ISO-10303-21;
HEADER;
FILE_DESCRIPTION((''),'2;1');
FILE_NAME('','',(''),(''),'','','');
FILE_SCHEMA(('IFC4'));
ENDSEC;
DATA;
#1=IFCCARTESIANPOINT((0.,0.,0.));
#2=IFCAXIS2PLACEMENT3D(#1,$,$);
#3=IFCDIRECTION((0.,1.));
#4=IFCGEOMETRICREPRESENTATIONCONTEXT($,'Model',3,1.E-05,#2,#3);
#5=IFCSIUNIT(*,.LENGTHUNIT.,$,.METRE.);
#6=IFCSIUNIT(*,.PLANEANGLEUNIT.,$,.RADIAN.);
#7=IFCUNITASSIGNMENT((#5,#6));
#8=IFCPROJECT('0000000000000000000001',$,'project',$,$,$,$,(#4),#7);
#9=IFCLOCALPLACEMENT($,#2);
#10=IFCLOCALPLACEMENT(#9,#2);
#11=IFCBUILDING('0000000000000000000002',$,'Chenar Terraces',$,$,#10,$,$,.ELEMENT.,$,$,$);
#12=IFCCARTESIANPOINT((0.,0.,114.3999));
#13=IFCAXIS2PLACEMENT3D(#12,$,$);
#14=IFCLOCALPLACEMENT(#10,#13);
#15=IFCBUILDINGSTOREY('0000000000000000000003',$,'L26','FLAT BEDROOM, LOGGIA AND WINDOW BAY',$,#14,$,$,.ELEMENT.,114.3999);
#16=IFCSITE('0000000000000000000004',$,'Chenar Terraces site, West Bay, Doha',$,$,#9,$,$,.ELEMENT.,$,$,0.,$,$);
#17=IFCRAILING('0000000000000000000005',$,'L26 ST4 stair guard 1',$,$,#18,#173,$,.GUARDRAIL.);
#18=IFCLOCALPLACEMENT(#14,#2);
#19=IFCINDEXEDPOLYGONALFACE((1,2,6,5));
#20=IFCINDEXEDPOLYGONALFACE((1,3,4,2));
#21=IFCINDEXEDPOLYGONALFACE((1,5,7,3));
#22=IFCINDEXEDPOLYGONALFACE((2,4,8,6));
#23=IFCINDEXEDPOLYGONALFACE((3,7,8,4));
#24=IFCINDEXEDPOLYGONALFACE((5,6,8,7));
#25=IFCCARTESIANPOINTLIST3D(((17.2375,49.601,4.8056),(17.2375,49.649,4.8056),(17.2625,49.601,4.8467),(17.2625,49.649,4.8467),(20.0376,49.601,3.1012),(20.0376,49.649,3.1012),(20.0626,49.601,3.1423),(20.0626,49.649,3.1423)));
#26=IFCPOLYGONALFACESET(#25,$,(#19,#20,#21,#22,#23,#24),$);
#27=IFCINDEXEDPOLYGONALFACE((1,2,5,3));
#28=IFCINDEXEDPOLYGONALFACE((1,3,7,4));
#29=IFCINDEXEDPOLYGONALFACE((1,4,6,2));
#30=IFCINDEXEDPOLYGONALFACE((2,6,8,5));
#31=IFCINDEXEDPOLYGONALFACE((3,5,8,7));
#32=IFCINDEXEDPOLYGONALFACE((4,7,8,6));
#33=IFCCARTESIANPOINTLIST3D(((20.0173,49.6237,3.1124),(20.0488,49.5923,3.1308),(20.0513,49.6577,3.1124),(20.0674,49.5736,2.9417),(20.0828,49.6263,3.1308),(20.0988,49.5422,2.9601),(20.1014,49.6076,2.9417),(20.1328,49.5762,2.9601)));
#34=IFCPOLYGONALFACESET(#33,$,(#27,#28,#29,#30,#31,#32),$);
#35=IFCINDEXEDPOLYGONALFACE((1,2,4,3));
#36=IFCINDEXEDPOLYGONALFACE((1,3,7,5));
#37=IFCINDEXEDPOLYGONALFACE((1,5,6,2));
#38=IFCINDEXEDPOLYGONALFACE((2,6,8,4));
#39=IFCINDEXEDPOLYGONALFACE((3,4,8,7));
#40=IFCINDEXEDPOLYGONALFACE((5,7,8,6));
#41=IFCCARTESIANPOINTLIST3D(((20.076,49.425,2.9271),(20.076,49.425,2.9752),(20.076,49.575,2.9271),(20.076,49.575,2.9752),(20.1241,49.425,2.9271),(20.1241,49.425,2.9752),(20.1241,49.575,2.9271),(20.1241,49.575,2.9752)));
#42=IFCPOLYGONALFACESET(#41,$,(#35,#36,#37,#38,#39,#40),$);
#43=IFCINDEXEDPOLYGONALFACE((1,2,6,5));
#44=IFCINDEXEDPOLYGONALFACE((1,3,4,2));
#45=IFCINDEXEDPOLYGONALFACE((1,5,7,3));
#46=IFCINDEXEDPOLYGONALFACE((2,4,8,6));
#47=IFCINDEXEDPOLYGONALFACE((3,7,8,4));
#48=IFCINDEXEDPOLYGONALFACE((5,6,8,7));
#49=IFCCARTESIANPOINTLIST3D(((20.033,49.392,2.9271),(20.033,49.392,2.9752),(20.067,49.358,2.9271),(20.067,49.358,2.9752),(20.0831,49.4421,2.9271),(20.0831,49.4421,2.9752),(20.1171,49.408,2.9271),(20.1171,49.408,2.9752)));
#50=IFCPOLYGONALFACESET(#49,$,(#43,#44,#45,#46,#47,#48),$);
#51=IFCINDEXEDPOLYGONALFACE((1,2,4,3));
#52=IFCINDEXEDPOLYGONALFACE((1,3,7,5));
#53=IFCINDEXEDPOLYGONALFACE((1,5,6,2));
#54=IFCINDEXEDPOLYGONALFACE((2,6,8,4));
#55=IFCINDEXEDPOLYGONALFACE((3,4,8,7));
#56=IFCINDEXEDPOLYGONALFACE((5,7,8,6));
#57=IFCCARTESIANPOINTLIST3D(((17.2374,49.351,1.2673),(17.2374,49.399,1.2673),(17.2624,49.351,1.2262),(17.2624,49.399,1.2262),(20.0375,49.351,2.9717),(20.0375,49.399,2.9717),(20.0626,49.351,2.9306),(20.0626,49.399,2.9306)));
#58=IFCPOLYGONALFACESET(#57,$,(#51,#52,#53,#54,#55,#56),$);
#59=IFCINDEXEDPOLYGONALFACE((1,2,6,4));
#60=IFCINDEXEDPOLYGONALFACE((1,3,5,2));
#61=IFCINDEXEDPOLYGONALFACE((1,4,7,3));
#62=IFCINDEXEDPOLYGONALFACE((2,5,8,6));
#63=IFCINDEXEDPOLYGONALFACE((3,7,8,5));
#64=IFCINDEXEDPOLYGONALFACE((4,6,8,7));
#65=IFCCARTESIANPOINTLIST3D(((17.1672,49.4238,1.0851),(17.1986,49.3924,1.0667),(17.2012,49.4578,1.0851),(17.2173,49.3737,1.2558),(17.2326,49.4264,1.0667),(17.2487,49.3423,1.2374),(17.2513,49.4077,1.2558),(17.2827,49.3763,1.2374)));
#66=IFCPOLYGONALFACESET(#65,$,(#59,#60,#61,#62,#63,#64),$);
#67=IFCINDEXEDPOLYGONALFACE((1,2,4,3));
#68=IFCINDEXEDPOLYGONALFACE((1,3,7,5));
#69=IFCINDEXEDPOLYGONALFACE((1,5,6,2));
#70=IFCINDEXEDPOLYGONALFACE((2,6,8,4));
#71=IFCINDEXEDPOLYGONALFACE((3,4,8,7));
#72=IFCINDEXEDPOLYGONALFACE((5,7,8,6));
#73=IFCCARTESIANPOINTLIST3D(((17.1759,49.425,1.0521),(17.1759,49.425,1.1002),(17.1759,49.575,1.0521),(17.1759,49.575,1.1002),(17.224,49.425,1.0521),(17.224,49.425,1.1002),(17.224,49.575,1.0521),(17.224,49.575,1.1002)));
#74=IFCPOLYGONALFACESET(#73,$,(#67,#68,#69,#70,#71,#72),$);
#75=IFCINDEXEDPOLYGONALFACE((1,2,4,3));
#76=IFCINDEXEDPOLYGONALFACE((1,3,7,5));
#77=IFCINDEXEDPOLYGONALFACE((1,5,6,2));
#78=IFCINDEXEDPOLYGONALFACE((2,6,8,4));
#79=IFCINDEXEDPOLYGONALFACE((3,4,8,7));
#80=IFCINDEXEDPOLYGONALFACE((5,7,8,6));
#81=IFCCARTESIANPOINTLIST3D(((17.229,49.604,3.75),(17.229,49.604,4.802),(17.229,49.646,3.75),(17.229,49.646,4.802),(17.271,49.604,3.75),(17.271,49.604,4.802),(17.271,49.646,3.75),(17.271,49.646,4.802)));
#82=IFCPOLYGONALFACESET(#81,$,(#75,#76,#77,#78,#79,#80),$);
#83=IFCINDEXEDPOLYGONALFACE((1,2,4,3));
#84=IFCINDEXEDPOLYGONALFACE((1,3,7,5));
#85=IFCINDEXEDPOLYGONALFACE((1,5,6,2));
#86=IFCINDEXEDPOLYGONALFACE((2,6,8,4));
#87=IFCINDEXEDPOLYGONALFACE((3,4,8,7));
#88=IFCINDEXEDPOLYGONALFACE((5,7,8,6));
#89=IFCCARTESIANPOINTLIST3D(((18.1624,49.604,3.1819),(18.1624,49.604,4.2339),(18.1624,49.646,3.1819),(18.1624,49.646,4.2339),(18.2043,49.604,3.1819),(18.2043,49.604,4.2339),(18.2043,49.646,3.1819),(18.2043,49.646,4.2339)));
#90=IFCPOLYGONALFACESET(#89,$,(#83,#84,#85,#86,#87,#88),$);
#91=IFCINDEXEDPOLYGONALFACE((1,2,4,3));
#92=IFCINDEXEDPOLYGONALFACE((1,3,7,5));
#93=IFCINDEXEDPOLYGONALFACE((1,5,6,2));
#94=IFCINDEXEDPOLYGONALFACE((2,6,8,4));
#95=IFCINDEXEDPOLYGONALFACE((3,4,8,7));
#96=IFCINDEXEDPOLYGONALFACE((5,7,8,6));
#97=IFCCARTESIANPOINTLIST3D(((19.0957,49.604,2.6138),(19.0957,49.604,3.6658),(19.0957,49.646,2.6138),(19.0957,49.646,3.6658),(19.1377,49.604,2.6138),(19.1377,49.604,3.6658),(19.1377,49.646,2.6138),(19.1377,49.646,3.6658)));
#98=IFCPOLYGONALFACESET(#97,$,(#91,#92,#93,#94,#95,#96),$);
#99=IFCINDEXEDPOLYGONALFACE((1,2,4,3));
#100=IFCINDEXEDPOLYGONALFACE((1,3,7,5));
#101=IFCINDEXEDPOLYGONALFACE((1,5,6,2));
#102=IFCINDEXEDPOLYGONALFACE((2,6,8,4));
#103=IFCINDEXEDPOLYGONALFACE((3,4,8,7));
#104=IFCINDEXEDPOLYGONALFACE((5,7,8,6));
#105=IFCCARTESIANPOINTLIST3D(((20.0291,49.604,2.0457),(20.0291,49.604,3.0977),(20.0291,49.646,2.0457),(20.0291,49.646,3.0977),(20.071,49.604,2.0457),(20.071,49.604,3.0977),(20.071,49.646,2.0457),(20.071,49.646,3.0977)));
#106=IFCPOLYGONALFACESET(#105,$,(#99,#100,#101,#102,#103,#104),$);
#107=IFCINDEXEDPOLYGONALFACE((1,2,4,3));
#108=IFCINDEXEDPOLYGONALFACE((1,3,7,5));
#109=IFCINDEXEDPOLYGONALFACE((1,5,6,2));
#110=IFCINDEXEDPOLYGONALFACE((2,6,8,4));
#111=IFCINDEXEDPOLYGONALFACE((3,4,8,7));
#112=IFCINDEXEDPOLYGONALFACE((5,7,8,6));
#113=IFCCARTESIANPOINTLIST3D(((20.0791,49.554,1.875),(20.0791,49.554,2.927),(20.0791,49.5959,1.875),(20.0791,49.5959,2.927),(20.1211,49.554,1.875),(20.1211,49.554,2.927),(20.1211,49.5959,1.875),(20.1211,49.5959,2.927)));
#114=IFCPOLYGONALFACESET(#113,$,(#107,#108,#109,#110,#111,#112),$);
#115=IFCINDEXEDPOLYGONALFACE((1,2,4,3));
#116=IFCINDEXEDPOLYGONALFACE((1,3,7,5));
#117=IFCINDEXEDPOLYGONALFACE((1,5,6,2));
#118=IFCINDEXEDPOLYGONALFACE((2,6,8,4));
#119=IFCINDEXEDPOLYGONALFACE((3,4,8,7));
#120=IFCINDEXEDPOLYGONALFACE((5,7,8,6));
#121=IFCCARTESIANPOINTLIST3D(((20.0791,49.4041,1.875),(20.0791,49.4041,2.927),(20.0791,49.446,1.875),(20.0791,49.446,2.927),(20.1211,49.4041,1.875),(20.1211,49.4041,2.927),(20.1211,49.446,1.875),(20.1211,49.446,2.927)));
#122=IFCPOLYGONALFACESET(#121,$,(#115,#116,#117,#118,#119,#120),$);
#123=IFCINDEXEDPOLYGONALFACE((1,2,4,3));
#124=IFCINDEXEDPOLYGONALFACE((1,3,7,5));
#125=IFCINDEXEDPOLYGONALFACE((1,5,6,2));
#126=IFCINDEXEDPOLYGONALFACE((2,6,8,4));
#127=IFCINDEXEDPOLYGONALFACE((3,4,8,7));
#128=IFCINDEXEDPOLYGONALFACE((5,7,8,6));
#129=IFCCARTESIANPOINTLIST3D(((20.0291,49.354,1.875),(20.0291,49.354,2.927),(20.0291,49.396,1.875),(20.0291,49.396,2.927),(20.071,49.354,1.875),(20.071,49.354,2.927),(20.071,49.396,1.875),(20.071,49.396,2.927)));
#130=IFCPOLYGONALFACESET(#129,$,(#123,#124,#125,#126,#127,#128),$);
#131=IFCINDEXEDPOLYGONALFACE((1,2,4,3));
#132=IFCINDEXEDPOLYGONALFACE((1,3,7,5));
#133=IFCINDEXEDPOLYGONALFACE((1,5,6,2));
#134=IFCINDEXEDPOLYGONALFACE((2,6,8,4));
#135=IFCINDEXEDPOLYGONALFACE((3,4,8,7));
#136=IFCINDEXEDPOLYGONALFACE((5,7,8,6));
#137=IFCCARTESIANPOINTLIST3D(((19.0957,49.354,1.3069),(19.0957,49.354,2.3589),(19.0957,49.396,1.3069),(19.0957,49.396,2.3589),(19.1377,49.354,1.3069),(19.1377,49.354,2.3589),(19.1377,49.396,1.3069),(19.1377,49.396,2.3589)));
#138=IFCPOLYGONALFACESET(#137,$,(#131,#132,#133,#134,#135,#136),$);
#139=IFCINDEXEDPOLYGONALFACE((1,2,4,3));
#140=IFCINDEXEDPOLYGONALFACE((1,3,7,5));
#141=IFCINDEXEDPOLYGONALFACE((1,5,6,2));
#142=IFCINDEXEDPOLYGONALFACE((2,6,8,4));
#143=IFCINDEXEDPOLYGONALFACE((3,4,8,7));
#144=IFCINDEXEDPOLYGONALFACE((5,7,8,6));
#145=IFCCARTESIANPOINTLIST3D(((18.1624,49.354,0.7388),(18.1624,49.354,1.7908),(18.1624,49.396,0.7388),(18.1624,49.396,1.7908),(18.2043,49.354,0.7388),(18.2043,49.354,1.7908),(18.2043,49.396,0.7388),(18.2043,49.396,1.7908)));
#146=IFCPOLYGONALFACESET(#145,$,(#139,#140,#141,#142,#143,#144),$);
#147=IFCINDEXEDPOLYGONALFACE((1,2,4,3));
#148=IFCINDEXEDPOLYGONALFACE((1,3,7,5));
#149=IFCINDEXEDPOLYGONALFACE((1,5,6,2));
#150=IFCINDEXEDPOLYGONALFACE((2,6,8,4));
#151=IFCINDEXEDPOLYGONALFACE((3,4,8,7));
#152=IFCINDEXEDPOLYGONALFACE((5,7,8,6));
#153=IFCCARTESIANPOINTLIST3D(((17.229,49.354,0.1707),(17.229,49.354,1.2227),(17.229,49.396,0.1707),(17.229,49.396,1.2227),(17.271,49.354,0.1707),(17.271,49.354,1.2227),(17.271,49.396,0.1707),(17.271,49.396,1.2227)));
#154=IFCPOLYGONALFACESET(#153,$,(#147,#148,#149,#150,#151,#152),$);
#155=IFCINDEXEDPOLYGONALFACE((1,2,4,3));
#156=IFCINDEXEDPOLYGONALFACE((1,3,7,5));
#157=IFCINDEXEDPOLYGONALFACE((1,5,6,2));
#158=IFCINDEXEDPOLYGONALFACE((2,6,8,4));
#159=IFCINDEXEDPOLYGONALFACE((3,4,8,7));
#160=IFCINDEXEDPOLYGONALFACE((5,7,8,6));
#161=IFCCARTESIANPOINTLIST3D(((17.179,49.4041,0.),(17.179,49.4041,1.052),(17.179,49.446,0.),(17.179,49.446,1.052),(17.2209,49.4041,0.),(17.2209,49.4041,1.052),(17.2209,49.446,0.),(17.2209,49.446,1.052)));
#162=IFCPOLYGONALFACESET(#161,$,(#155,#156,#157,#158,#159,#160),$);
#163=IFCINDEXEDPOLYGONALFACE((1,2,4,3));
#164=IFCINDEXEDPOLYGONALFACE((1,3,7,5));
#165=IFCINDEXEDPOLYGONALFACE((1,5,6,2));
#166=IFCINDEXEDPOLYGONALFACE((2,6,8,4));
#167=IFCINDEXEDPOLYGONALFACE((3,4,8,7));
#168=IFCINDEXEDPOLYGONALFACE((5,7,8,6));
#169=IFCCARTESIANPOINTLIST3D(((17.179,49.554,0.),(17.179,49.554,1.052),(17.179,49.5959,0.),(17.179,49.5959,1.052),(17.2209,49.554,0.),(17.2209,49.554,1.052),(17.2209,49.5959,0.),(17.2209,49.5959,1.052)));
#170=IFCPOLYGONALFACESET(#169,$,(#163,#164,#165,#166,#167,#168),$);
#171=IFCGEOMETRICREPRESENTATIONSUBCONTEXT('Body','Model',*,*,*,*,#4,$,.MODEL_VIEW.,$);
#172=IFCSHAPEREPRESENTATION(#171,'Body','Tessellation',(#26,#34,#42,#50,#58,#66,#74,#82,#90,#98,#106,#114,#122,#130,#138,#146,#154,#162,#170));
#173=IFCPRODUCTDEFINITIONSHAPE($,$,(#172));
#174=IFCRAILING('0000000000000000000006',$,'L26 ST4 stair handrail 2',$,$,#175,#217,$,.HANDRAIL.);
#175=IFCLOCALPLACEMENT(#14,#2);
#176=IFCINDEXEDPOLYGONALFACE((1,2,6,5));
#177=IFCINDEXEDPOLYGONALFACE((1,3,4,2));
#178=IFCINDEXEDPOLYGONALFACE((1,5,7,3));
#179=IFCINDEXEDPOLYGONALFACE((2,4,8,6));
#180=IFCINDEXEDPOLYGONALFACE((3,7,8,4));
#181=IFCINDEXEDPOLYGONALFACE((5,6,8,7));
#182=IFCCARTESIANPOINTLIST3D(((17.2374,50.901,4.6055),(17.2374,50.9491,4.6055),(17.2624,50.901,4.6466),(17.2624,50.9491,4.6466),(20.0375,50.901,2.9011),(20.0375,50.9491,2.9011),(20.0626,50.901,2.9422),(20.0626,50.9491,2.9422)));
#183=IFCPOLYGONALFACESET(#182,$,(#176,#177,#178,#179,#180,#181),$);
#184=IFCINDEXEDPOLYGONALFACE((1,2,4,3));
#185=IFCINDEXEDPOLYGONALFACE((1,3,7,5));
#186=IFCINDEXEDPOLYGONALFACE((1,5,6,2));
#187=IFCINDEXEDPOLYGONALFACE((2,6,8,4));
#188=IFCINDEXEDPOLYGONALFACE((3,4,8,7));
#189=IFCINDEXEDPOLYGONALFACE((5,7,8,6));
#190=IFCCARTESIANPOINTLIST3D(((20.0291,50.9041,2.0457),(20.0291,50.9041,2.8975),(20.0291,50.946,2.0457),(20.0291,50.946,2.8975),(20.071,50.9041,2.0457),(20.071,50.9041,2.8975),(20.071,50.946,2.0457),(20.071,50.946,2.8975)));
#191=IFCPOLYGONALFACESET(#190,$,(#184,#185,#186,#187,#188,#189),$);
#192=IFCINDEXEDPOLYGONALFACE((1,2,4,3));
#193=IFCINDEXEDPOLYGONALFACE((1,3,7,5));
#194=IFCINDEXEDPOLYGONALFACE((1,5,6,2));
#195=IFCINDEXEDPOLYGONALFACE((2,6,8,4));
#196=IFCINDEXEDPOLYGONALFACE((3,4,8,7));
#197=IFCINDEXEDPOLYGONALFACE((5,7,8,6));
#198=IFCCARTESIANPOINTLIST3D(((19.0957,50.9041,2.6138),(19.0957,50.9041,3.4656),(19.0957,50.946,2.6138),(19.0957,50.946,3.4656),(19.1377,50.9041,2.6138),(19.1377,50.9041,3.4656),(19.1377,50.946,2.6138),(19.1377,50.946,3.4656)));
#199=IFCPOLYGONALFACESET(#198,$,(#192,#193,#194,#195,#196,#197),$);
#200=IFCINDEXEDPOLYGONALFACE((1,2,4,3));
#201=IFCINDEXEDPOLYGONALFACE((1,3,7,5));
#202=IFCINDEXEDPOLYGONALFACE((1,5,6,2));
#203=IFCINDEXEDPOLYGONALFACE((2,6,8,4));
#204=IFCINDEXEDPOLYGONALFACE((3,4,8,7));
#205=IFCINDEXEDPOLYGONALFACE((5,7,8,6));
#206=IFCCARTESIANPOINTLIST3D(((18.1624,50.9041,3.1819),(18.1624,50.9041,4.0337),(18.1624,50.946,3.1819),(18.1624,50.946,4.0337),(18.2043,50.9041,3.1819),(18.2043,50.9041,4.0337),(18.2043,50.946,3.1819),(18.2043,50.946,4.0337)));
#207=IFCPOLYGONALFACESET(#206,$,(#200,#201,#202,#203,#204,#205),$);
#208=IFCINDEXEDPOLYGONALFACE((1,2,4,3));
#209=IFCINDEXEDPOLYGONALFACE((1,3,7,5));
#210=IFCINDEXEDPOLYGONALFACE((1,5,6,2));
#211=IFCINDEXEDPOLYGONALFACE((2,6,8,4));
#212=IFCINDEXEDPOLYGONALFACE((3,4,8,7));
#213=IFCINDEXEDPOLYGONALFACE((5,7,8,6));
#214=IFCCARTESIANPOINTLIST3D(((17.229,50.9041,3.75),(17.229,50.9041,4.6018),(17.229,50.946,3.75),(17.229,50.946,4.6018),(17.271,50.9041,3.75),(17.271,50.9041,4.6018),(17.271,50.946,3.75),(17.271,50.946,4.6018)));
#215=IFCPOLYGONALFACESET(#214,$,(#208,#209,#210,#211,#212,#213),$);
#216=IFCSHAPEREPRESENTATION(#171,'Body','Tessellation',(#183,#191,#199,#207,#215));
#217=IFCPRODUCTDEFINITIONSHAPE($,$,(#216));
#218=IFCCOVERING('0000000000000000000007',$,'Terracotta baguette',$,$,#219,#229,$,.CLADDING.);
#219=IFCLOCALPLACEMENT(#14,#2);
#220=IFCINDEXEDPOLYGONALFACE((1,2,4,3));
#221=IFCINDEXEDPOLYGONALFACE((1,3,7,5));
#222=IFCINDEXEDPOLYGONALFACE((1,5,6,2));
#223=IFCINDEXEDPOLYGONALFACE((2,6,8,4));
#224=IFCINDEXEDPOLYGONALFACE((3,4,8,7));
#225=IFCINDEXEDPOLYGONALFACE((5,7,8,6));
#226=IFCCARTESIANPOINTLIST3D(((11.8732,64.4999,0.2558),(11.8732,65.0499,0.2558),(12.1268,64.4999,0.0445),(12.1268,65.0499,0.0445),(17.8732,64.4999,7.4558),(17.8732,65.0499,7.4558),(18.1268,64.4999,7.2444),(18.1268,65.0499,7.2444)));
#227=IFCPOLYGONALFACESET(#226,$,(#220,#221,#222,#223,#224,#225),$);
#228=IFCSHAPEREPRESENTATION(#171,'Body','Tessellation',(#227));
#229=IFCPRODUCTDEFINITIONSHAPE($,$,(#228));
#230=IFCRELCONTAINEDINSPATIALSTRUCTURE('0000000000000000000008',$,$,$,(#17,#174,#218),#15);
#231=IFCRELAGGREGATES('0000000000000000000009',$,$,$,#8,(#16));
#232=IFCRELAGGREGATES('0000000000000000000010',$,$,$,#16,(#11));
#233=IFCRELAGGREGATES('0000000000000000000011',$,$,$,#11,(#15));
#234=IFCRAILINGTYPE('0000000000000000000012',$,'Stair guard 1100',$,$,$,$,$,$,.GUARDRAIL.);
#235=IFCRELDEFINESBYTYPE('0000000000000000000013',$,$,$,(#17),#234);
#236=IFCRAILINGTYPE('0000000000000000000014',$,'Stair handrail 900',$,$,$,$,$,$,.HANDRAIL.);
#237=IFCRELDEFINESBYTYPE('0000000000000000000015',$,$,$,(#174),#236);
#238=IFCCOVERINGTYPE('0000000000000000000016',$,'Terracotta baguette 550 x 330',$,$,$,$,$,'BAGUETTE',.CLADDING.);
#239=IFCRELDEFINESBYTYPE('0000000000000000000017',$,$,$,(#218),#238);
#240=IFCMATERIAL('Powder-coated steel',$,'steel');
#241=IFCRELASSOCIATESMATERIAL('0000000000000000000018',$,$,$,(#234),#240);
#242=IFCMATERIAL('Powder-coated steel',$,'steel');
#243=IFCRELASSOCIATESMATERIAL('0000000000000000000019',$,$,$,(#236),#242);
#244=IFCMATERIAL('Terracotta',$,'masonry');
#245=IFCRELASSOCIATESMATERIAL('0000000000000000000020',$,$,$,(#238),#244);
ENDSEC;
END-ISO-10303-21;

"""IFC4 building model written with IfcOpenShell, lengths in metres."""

from ifc_helpers import new_model, si_unit, direction, frame, origin, origin_2d, place, context, subcontext, project, spatial, rectangle, extrude, material, material_profile, profile_set, type_object, element, save


model = new_model("IFC4")

# Units and contexts
model_context = context("Model", 3, precision=1e-05, world=origin(), true_north=direction((0.0, 1.0)))
body_context = subcontext(model_context, "Body", "Model", "MODEL_VIEW")
ifc_project = project(units=[si_unit("LENGTHUNIT", "METRE"), si_unit("PLANEANGLEUNIT", "RADIAN")], contexts=[model_context])

# Site, building, storey
site_placement = place(None, origin())
site = spatial("IfcSite", under=ifc_project, at=site_placement, Name="Chenar Terraces site, West Bay, Doha", CompositionType="ELEMENT", RefElevation=0.0)
building_placement = place(site_placement, origin())
building = spatial("IfcBuilding", under=site, at=building_placement, Name="Chenar Terraces", CompositionType="ELEMENT")
storey_placement = place(building_placement, frame((0.0, 0.0, 114.3999)))
storey = spatial("IfcBuildingStorey", under=building, at=storey_placement, Name="L26", Description="FLAT BEDROOM, LOGGIA AND WINDOW BAY", CompositionType="ELEMENT", Elevation=114.3999)

# Railings
ifc_material_1 = material(Name="Powder-coated steel", Category="steel")
railing_type_1 = type_object("IfcRailingType", Name="Stair guard 1100", PredefinedType="GUARDRAIL", material=ifc_material_1)
railing_1_placement = place(storey_placement, frame((17.25, 49.625, 3.75)))
element("IfcRailing", 1, at=railing_1_placement, inside=storey, type_object=railing_type_1, Name="L26 ST4 stair guard 1", PredefinedType="GUARDRAIL", context=body_context, shape_type="SweptSolid", body=[
    extrude(rectangle(XDim=0.0481, YDim=0.0481, at=origin_2d()), frame((0.0, 0.0, 1.0762), z_axis=(0.854203, 0.0, -0.51994), x_axis=(0.0, 1.0, 0.0)), (0.0, 0.0, 1.0), 3.2781),
    extrude(rectangle(XDim=0.0481, YDim=0.0481, at=origin_2d()), frame((2.8, 0.0, -0.6284), z_axis=(0.2709, -0.2709, -0.923703), x_axis=(0.707107, 0.707107, 0.0)), (0.0, 0.0, 1.0), 0.1848),
    extrude(rectangle(XDim=0.0481, YDim=0.0481, at=origin_2d()), frame((2.8501, -0.05, -0.7988), z_axis=(0.0, -1.0, 0.0), x_axis=(1.0, 0.0, 0.0)), (0.0, 0.0, 1.0), 0.1499),
    extrude(rectangle(XDim=0.0481, YDim=0.0481, at=origin_2d()), frame((2.8501, -0.2, -0.7988), z_axis=(-0.707107, -0.707107, 0.0), x_axis=(0.707107, -0.707107, 0.0)), (0.0, 0.0, 1.0), 0.0708),
    extrude(rectangle(XDim=0.0481, YDim=0.0481, at=origin_2d()), frame((2.8, -0.25, -0.7988), z_axis=(-0.854203, 0.0, -0.51994), x_axis=(0.0, -1.0, 0.0)), (0.0, 0.0, 1.0), 3.2781),
    extrude(rectangle(XDim=0.0481, YDim=0.0481, at=origin_2d()), frame((0.0, -0.25, -2.5034), z_axis=(-0.2709, 0.2709, -0.923703), x_axis=(-0.707107, -0.707107, 0.0)), (0.0, 0.0, 1.0), 0.1848),
    extrude(rectangle(XDim=0.0481, YDim=0.0481, at=origin_2d()), frame((-0.05, -0.2, -2.6738), z_axis=(0.0, 1.0, 0.0), x_axis=(-1.0, 0.0, 0.0)), (0.0, 0.0, 1.0), 0.1499),
    extrude(rectangle(XDim=0.042, YDim=0.042, at=origin_2d()), origin(), (0.0, 0.0, 1.0), 1.052),
    extrude(rectangle(XDim=0.042, YDim=0.042, at=origin_2d()), frame((0.9333, 0.0, -0.5681)), (0.0, 0.0, 1.0), 1.052),
    extrude(rectangle(XDim=0.042, YDim=0.042, at=origin_2d()), frame((1.8667, 0.0, -1.1362)), (0.0, 0.0, 1.0), 1.052),
    extrude(rectangle(XDim=0.042, YDim=0.042, at=origin_2d()), frame((2.8, 0.0, -1.7043)), (0.0, 0.0, 1.0), 1.052),
    extrude(rectangle(XDim=0.042, YDim=0.042, at=origin_2d()), frame((2.8501, -0.05, -1.875)), (0.0, 0.0, 1.0), 1.052),
    extrude(rectangle(XDim=0.042, YDim=0.042, at=origin_2d()), frame((2.8501, -0.2, -1.875)), (0.0, 0.0, 1.0), 1.052),
    extrude(rectangle(XDim=0.042, YDim=0.042, at=origin_2d()), frame((2.8, -0.25, -1.875)), (0.0, 0.0, 1.0), 1.052),
    extrude(rectangle(XDim=0.042, YDim=0.042, at=origin_2d()), frame((1.8667, -0.25, -2.4431)), (0.0, 0.0, 1.0), 1.052),
    extrude(rectangle(XDim=0.042, YDim=0.042, at=origin_2d()), frame((0.9333, -0.25, -3.0112)), (0.0, 0.0, 1.0), 1.052),
    extrude(rectangle(XDim=0.042, YDim=0.042, at=origin_2d()), frame((0.0, -0.25, -3.5793)), (0.0, 0.0, 1.0), 1.052),
    extrude(rectangle(XDim=0.042, YDim=0.042, at=origin_2d()), frame((-0.05, -0.2, -3.75)), (0.0, 0.0, 1.0), 1.052),
    extrude(rectangle(XDim=0.042, YDim=0.042, at=origin_2d()), frame((-0.05, -0.05, -3.75)), (0.0, 0.0, 1.0), 1.052),
])
ifc_material_2 = material(Name="Powder-coated steel", Category="steel")
railing_type_2 = type_object("IfcRailingType", Name="Stair handrail 900", PredefinedType="HANDRAIL", material=ifc_material_2)
railing_2_placement = place(storey_placement, frame((20.05, 50.925, 2.0457)))
element("IfcRailing", 2, at=railing_2_placement, inside=storey, type_object=railing_type_2, Name="L26 ST4 stair handrail 2", PredefinedType="HANDRAIL", context=body_context, shape_type="SweptSolid", body=[
    extrude(rectangle(XDim=0.0481, YDim=0.0481, at=origin_2d()), frame((0.0, 0.0, 0.876), z_axis=(-0.854203, 0.0, 0.51994), x_axis=(0.0, -1.0, 0.0)), (0.0, 0.0, 1.0), 3.2781),
    extrude(rectangle(XDim=0.042, YDim=0.042, at=origin_2d()), origin(), (0.0, 0.0, 1.0), 0.8518),
    extrude(rectangle(XDim=0.042, YDim=0.042, at=origin_2d()), frame((-0.9333, 0.0, 0.5681)), (0.0, 0.0, 1.0), 0.8518),
    extrude(rectangle(XDim=0.042, YDim=0.042, at=origin_2d()), frame((-1.8667, 0.0, 1.1362)), (0.0, 0.0, 1.0), 0.8518),
    extrude(rectangle(XDim=0.042, YDim=0.042, at=origin_2d()), frame((-2.8, 0.0, 1.7043)), (0.0, 0.0, 1.0), 0.8518),
])

# Covering
ifc_material_3 = material(Name="Terracotta", Category="masonry")
ifc_material_profile_1 = material_profile(ifc_material_3, rectangle(XDim=0.55, YDim=0.3301, at=origin_2d()), Name="Terracotta baguette 550 x 330")
ifc_profile_set_1 = profile_set([ifc_material_profile_1], Name="Terracotta")
covering_type = type_object("IfcCoveringType", Name="Terracotta baguette 550 x 330", ElementType="BAGUETTE", PredefinedType="CLADDING", material=ifc_profile_set_1)
covering_placement = place(storey_placement, frame((18.0, 64.7749, 7.3501), z_axis=(-0.640187, 0.0, -0.768219), x_axis=(0.0, -1.0, 0.0)))
element("IfcCovering", 3, at=covering_placement, inside=storey, type_object=covering_type, Name="Terracotta baguette", PredefinedType="CLADDING", context=body_context, shape_type="SweptSolid", body=[
    extrude(rectangle(XDim=0.55, YDim=0.3301, at=origin_2d()), origin(), (0.0, 0.0, 1.0), 9.3723),
])

save(model, "model.ifc")
